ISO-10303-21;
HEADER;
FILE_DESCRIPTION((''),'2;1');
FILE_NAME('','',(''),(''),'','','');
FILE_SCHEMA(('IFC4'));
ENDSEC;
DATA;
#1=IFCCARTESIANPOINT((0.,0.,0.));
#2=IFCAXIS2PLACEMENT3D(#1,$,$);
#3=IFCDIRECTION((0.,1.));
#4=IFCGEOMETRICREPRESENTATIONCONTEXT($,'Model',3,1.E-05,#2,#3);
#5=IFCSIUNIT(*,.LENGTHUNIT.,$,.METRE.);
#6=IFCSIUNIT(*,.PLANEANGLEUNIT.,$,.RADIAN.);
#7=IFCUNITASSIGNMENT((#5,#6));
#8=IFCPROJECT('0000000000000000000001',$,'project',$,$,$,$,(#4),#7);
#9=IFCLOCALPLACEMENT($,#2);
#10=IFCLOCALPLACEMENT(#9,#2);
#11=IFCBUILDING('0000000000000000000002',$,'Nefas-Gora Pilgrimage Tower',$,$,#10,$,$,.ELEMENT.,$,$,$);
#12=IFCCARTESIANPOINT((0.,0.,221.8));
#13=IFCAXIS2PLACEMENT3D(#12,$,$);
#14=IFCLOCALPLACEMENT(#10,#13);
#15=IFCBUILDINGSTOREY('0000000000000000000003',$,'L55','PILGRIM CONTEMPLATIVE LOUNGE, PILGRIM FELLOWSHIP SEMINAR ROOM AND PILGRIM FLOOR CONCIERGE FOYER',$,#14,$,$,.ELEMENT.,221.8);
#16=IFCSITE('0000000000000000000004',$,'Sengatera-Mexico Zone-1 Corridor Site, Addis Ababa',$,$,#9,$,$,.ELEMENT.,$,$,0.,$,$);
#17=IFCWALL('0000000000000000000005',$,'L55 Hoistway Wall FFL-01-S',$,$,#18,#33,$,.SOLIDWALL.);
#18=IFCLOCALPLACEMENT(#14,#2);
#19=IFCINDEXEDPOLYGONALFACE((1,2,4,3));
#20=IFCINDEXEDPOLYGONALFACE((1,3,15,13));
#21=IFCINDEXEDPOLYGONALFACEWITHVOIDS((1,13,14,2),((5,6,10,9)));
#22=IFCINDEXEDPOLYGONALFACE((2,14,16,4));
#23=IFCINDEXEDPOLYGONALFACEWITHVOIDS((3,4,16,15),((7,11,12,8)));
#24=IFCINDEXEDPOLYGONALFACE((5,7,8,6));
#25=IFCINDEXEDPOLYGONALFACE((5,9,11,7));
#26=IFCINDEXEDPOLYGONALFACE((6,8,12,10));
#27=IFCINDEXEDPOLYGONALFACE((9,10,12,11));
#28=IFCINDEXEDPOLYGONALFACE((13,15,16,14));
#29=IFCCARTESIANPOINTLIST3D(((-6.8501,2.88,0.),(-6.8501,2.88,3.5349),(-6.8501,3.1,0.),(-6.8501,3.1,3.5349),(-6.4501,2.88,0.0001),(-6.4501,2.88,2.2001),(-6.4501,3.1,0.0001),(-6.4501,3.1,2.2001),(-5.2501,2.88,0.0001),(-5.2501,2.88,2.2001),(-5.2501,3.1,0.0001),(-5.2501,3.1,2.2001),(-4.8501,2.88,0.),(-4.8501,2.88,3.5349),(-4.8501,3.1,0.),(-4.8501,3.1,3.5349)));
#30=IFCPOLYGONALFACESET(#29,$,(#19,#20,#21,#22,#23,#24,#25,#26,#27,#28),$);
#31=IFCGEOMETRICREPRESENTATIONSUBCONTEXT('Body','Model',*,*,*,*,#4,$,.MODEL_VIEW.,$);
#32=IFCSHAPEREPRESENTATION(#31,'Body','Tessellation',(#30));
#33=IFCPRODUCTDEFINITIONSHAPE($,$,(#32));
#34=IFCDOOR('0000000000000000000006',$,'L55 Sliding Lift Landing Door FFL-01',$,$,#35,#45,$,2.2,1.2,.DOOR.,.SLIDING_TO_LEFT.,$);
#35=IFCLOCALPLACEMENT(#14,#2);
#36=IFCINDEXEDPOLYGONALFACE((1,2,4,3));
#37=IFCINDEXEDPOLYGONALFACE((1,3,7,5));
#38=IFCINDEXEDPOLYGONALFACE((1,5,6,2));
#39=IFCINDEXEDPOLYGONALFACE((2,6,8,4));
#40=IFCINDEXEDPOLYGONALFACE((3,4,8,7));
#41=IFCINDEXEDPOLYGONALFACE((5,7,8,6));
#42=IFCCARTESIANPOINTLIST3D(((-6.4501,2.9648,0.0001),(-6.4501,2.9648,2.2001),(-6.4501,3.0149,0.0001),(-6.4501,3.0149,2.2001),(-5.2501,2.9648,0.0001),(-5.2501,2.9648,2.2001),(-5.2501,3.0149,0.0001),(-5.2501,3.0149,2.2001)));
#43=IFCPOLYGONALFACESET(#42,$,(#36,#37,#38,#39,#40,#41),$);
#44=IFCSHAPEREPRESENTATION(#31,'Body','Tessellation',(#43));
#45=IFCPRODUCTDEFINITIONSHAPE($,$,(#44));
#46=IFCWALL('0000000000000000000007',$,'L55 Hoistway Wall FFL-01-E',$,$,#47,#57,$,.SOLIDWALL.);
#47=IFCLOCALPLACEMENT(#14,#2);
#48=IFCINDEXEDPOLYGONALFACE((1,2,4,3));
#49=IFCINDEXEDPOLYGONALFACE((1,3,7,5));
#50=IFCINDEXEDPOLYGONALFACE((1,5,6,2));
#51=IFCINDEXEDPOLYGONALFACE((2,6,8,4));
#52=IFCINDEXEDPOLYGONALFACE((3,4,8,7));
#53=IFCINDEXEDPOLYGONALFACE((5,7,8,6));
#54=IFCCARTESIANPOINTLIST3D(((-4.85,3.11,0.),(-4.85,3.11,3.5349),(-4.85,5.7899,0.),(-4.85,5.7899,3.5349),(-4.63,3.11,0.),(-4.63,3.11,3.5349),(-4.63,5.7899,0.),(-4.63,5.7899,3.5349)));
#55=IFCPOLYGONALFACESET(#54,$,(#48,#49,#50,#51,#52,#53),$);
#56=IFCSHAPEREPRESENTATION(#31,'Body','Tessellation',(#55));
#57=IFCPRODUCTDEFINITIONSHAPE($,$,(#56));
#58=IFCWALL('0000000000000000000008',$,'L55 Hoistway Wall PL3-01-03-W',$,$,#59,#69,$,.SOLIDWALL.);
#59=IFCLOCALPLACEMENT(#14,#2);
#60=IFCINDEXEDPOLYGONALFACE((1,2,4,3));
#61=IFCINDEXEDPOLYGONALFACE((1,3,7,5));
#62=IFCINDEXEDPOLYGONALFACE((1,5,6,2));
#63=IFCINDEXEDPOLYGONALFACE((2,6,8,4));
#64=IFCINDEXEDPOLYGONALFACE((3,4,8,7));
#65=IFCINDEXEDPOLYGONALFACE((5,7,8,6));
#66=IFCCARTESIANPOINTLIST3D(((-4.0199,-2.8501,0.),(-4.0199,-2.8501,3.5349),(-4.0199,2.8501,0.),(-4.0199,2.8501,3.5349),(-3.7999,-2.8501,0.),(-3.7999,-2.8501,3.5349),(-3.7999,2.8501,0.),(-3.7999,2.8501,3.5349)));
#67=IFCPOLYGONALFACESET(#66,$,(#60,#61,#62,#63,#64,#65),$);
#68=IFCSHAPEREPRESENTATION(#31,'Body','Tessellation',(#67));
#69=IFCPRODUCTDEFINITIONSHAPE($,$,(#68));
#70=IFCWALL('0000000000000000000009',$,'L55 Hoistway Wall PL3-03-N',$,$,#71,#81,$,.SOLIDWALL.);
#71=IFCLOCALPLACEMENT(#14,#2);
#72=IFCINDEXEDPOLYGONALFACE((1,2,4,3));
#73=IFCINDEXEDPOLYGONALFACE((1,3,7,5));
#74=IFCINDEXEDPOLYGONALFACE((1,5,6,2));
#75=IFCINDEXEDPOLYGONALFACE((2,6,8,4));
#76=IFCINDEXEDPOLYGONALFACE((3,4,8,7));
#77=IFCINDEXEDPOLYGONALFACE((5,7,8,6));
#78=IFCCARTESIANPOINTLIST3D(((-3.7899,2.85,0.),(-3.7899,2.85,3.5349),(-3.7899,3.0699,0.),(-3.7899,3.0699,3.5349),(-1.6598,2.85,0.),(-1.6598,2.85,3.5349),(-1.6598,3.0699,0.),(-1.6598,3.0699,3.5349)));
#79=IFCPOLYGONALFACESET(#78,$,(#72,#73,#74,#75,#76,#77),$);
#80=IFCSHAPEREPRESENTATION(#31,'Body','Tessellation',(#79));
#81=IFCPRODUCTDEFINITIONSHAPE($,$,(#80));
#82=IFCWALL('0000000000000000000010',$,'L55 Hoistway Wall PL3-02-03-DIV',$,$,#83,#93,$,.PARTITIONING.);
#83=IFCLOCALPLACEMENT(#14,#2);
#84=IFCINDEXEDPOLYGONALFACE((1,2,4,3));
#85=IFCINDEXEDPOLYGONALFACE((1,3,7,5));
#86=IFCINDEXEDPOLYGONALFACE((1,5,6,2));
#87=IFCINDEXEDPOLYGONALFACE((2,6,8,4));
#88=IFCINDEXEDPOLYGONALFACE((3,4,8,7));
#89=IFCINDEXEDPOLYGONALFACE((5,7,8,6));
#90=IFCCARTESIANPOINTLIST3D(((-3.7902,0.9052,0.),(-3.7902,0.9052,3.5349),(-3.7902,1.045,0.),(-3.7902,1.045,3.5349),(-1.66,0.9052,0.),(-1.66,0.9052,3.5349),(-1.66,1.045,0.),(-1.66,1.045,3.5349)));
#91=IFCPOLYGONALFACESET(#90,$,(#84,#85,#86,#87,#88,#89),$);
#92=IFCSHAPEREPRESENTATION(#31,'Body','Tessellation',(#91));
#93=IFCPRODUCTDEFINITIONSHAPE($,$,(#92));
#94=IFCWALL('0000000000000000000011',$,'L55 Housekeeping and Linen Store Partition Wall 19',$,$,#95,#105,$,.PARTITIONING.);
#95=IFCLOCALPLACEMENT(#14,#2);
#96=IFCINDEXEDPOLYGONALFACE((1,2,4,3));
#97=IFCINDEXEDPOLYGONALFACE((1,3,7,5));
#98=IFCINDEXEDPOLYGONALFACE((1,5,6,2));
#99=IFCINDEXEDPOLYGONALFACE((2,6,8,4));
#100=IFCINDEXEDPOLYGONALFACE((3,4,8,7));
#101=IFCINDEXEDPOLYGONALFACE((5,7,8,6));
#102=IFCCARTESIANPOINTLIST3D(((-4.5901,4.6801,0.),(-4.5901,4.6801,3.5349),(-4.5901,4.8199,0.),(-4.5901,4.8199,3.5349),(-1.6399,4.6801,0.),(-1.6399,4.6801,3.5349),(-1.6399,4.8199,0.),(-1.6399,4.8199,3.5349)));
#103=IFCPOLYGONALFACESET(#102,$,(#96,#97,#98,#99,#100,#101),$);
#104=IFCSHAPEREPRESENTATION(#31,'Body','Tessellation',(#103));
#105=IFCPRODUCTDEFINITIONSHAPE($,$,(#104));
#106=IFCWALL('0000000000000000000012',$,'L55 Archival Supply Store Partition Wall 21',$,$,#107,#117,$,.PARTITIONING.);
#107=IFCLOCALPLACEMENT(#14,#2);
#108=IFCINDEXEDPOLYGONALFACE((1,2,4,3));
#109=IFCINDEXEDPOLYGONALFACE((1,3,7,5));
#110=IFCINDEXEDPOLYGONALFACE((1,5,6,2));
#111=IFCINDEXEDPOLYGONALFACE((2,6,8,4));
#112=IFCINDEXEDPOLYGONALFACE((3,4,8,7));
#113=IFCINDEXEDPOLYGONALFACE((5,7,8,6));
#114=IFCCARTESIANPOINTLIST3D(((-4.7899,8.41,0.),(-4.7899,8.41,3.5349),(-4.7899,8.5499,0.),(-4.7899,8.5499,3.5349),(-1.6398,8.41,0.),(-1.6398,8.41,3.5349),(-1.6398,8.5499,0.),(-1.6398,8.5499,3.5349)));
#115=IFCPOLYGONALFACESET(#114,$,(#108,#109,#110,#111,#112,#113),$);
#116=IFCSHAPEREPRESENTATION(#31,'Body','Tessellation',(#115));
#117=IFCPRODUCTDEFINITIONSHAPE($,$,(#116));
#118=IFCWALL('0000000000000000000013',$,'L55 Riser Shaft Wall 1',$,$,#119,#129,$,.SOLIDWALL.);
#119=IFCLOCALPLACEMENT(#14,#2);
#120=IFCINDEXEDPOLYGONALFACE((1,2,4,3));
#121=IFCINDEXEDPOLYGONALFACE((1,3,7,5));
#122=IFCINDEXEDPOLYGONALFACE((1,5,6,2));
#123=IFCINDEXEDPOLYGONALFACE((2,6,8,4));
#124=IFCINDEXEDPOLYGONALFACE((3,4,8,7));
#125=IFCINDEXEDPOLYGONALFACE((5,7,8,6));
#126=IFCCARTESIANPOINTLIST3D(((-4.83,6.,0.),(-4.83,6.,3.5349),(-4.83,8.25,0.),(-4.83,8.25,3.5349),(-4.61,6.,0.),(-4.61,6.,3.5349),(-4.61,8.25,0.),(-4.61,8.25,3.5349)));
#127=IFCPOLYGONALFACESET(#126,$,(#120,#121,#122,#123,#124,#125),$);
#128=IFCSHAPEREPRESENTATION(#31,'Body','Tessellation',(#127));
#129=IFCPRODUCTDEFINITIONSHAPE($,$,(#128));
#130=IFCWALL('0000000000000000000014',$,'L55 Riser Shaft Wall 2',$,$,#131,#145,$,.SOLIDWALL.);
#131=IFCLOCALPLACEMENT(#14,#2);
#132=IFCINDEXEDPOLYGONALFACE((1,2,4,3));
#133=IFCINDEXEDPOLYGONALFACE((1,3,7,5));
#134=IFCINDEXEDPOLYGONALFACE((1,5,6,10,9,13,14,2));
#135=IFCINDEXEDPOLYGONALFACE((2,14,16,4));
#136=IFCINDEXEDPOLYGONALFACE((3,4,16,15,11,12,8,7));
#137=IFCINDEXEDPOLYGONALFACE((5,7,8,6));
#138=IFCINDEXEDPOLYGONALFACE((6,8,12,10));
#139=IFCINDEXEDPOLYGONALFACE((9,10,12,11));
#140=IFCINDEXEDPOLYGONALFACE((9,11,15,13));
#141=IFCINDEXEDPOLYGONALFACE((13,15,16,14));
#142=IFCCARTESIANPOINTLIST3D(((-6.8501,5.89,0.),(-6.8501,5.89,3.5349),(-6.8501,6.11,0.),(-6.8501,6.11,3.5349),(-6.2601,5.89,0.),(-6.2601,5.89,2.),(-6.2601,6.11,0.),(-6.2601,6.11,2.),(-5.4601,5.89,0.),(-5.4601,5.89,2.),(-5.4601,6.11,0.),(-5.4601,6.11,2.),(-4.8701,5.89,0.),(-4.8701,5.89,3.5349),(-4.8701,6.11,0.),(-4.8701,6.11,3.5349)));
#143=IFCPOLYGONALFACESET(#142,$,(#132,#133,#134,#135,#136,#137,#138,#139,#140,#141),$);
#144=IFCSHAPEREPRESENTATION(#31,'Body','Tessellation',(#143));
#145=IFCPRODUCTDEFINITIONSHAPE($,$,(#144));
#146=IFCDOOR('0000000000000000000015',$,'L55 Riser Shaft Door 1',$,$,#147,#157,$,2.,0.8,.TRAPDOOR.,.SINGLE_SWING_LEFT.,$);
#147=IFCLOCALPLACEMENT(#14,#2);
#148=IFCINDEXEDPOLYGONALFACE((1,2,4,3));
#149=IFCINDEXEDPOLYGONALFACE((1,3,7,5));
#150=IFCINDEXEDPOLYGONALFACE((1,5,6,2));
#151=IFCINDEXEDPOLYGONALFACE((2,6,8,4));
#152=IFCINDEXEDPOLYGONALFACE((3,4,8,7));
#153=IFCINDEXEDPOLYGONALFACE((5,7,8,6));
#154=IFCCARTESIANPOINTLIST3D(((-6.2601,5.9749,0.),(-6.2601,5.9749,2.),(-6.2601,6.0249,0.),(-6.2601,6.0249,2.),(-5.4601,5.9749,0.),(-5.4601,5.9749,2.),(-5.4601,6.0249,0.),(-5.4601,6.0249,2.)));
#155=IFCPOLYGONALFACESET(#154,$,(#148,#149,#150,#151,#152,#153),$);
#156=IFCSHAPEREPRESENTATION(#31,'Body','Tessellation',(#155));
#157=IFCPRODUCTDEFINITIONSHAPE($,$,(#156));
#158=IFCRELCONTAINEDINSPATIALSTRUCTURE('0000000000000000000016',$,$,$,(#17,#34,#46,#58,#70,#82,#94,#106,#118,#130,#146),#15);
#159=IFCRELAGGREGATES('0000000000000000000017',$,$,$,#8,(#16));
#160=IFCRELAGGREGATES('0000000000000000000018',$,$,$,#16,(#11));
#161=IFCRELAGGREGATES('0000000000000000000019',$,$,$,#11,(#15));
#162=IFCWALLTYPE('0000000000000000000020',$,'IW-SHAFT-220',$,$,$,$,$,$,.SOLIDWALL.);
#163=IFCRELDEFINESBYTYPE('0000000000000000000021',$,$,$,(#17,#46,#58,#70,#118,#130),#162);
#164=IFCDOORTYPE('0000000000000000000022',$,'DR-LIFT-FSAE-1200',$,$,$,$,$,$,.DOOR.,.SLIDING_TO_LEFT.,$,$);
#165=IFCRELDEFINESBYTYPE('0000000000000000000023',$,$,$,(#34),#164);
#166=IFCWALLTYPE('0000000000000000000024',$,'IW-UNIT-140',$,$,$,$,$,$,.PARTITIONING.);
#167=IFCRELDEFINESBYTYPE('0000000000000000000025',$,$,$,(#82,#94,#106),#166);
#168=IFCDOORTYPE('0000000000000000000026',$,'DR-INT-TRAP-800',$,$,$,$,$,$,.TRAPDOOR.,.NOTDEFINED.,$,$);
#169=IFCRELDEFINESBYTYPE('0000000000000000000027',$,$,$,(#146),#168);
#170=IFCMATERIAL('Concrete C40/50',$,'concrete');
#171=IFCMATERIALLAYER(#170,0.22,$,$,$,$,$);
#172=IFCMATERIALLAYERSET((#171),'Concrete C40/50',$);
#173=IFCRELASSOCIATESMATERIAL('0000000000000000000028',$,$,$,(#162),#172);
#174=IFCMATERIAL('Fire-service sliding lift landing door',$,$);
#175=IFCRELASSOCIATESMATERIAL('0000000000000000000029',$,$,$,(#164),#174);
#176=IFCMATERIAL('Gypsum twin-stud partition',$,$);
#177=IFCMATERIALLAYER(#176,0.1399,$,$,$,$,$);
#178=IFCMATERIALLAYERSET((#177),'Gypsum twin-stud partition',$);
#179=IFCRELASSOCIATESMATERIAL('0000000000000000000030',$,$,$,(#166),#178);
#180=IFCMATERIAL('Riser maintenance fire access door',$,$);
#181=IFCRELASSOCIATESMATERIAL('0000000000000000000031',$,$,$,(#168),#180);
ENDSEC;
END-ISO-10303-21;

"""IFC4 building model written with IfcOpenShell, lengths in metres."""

from ifc_helpers import new_model, si_unit, direction, frame, frame_2d, origin, place, context, subcontext, project, spatial, rectangle, extrude, source, transform, mapped, material, layer, layer_set, type_object, element, fill, save


model = new_model("IFC4")

# Units and contexts
model_context = context("Model", 3, precision=1e-05, world=origin(), true_north=direction((0.0, 1.0)))
body_context = subcontext(model_context, "Body", "Model", "MODEL_VIEW")
ifc_project = project(units=[si_unit("LENGTHUNIT", "METRE"), si_unit("PLANEANGLEUNIT", "RADIAN")], contexts=[model_context])

# Site, building, storey
site_placement = place(None, origin())
site = spatial("IfcSite", under=ifc_project, at=site_placement, Name="Sengatera-Mexico Zone-1 Corridor Site, Addis Ababa", CompositionType="ELEMENT", RefElevation=0.0)
building_placement = place(site_placement, origin())
building = spatial("IfcBuilding", under=site, at=building_placement, Name="Nefas-Gora Pilgrimage Tower", CompositionType="ELEMENT")
storey_placement = place(building_placement, frame((0.0, 0.0, 221.8)))
storey = spatial("IfcBuildingStorey", under=building, at=storey_placement, Name="L55", Description="PILGRIM CONTEMPLATIVE LOUNGE, PILGRIM FELLOWSHIP SEMINAR ROOM AND PILGRIM FLOOR CONCIERGE FOYER", CompositionType="ELEMENT", Elevation=221.8)

# Wall, opening, door
ifc_material_1 = material(Name="Concrete C40/50", Category="concrete")
ifc_layer_1 = layer(ifc_material_1, 0.22)
ifc_layer_set_1 = layer_set([ifc_layer_1], Name="Concrete C40/50")
wall_type_1 = type_object("IfcWallType", Name="IW-SHAFT-220", PredefinedType="SOLIDWALL", material=ifc_layer_set_1)
shared_shape_1 = source(origin(), body_context, "Body", "SweptSolid", [
    extrude(rectangle(XDim=2.0, YDim=0.22, at=frame_2d((1.0, 0.0))), origin(), (0.0, 0.0, 1.0), 3.5349),
])
wall_1_placement = place(storey_placement, frame((-6.8501, 2.99, 0.0), z_axis=(0.0, 0.0, 1.0), x_axis=(1.0, 0.0, 0.0)))
wall_1 = element("IfcWall", 1, at=wall_1_placement, inside=storey, type_object=wall_type_1, Name="L55 Hoistway Wall FFL-01-S", PredefinedType="SOLIDWALL", context=body_context, shape_type="MappedRepresentation", body=[
    mapped(shared_shape_1, transform((0.0, 0.0, 0.0), x_axis=(1.0, 0.0, 0.0), y_axis=(0.0, 1.0, 0.0), z_axis=(0.0, 0.0, 1.0), scale=1.0)),
])
opening_1_placement = place(wall_1_placement, frame((0.3999, 0.0, 0.0)))
opening_1 = element("IfcOpeningElement", 2, at=opening_1_placement, cuts=wall_1, PredefinedType="OPENING", context=body_context, shape_type="SweptSolid", body=[
    extrude(rectangle(XDim=1.2, YDim=2.2, at=frame_2d((0.6001, 1.1001))), frame((0.0, 0.1199, 0.0), z_axis=(0.0, -1.0, 0.0), x_axis=(1.0, 0.0, 0.0)), (0.0, 0.0, 1.0), 0.24),
])
ifc_material_2 = material(Name="Fire-service sliding lift landing door")
door_type_1 = type_object("IfcDoorType", Name="DR-LIFT-FSAE-1200", OperationType="SLIDING_TO_LEFT", PredefinedType="DOOR", material=ifc_material_2)
shared_shape_2 = source(origin(), body_context, "Body", "SweptSolid", [
    extrude(rectangle(XDim=1.2, YDim=2.2, at=frame_2d((0.6001, 1.1001))), frame((0.0, 0.0249, 0.0), z_axis=(0.0, -1.0, 0.0), x_axis=(1.0, 0.0, 0.0)), (0.0, 0.0, 1.0), 0.05),
])
door_1_placement = place(opening_1_placement, origin())
door_1 = element("IfcDoor", 3, at=door_1_placement, inside=storey, type_object=door_type_1, Name="L55 Sliding Lift Landing Door FFL-01", OperationType="SLIDING_TO_LEFT", OverallHeight=2.2, OverallWidth=1.2, PredefinedType="DOOR", context=body_context, shape_type="MappedRepresentation", body=[
    mapped(shared_shape_2, transform((0.0, 0.0, 0.0), x_axis=(1.0, 0.0, 0.0), y_axis=(0.0, 1.0, 0.0), z_axis=(0.0, 0.0, 1.0), scale=1.0)),
])
fill(opening_1, door_1)

# Walls
shared_shape_3 = source(origin(), body_context, "Body", "SweptSolid", [
    extrude(rectangle(XDim=2.6799, YDim=0.22, at=frame_2d((1.3398, 0.0))), origin(), (0.0, 0.0, 1.0), 3.5349),
])
wall_2_placement = place(storey_placement, frame((-4.74, 3.1101, 0.0), z_axis=(0.0, 0.0, 1.0), x_axis=(0.0, 1.0, 0.0)))
element("IfcWall", 4, at=wall_2_placement, inside=storey, type_object=wall_type_1, Name="L55 Hoistway Wall FFL-01-E", PredefinedType="SOLIDWALL", context=body_context, shape_type="MappedRepresentation", body=[
    mapped(shared_shape_3, transform((0.0, 0.0, 0.0), x_axis=(1.0, 0.0, 0.0), y_axis=(0.0, 1.0, 0.0), z_axis=(0.0, 0.0, 1.0), scale=1.0)),
])
shared_shape_4 = source(origin(), body_context, "Body", "SweptSolid", [
    extrude(rectangle(XDim=5.7002, YDim=0.22, at=frame_2d((2.8501, 0.0))), origin(), (0.0, 0.0, 1.0), 3.5349),
])
wall_3_placement = place(storey_placement, frame((-3.9099, 2.8501, 0.0), z_axis=(0.0, 0.0, 1.0), x_axis=(0.0, -1.0, 0.0)))
element("IfcWall", 5, at=wall_3_placement, inside=storey, type_object=wall_type_1, Name="L55 Hoistway Wall PL3-01-03-W", PredefinedType="SOLIDWALL", context=body_context, shape_type="MappedRepresentation", body=[
    mapped(shared_shape_4, transform((0.0, 0.0, 0.0), x_axis=(1.0, 0.0, 0.0), y_axis=(0.0, 1.0, 0.0), z_axis=(0.0, 0.0, 1.0), scale=1.0)),
])
shared_shape_5 = source(origin(), body_context, "Body", "SweptSolid", [
    extrude(rectangle(XDim=2.1301, YDim=0.22, at=frame_2d((1.0649, 0.0))), origin(), (0.0, 0.0, 1.0), 3.5349),
])
wall_4_placement = place(storey_placement, frame((-1.6599, 2.96, 0.0), z_axis=(0.0, 0.0, 1.0), x_axis=(-1.0, 0.0, 0.0)))
element("IfcWall", 6, at=wall_4_placement, inside=storey, type_object=wall_type_1, Name="L55 Hoistway Wall PL3-03-N", PredefinedType="SOLIDWALL", context=body_context, shape_type="MappedRepresentation", body=[
    mapped(shared_shape_5, transform((0.0, 0.0, 0.0), x_axis=(1.0, 0.0, 0.0), y_axis=(0.0, 1.0, 0.0), z_axis=(0.0, 0.0, 1.0), scale=1.0)),
])
ifc_material_3 = material(Name="Gypsum twin-stud partition")
ifc_layer_2 = layer(ifc_material_3, 0.1399)
ifc_layer_set_2 = layer_set([ifc_layer_2], Name="Gypsum twin-stud partition")
wall_type_2 = type_object("IfcWallType", Name="IW-UNIT-140", PredefinedType="PARTITIONING", material=ifc_layer_set_2)
shared_shape_6 = source(origin(), body_context, "Body", "SweptSolid", [
    extrude(rectangle(XDim=2.1301, YDim=0.1399, at=frame_2d((1.0649, 0.0))), origin(), (0.0, 0.0, 1.0), 3.5349),
])
wall_5_placement = place(storey_placement, frame((-3.79, 0.9751, 0.0), z_axis=(0.0, 0.0, 1.0), x_axis=(1.0, 0.0, 0.0)))
element("IfcWall", 7, at=wall_5_placement, inside=storey, type_object=wall_type_2, Name="L55 Hoistway Wall PL3-02-03-DIV", PredefinedType="PARTITIONING", context=body_context, shape_type="MappedRepresentation", body=[
    mapped(shared_shape_6, transform((0.0, 0.0, 0.0), x_axis=(1.0, 0.0, 0.0), y_axis=(0.0, 1.0, 0.0), z_axis=(0.0, 0.0, 1.0), scale=1.0)),
])
shared_shape_7 = source(origin(), body_context, "Body", "SweptSolid", [
    extrude(rectangle(XDim=2.9502, YDim=0.1399, at=frame_2d((1.4751, 0.0))), origin(), (0.0, 0.0, 1.0), 3.5349),
])
wall_6_placement = place(storey_placement, frame((-4.5901, 4.75, 0.0), z_axis=(0.0, 0.0, 1.0), x_axis=(1.0, 0.0, 0.0)))
element("IfcWall", 8, at=wall_6_placement, inside=storey, type_object=wall_type_2, Name="L55 Housekeeping and Linen Store Partition Wall 19", PredefinedType="PARTITIONING", context=body_context, shape_type="MappedRepresentation", body=[
    mapped(shared_shape_7, transform((0.0, 0.0, 0.0), x_axis=(1.0, 0.0, 0.0), y_axis=(0.0, 1.0, 0.0), z_axis=(0.0, 0.0, 1.0), scale=1.0)),
])
shared_shape_8 = source(origin(), body_context, "Body", "SweptSolid", [
    extrude(rectangle(XDim=3.1501, YDim=0.1399, at=frame_2d((1.5752, 0.0))), origin(), (0.0, 0.0, 1.0), 3.5349),
])
wall_7_placement = place(storey_placement, frame((-4.79, 8.48, 0.0), z_axis=(0.0, 0.0, 1.0), x_axis=(1.0, 0.0, 0.0)))
element("IfcWall", 9, at=wall_7_placement, inside=storey, type_object=wall_type_2, Name="L55 Archival Supply Store Partition Wall 21", PredefinedType="PARTITIONING", context=body_context, shape_type="MappedRepresentation", body=[
    mapped(shared_shape_8, transform((0.0, 0.0, 0.0), x_axis=(1.0, 0.0, 0.0), y_axis=(0.0, 1.0, 0.0), z_axis=(0.0, 0.0, 1.0), scale=1.0)),
])
shared_shape_9 = source(origin(), body_context, "Body", "SweptSolid", [
    extrude(rectangle(XDim=2.25, YDim=0.22, at=frame_2d((1.125, 0.0))), origin(), (0.0, 0.0, 1.0), 3.5349),
])
wall_8_placement = place(storey_placement, frame((-4.72, 6.0, 0.0), z_axis=(0.0, 0.0, 1.0), x_axis=(0.0, 1.0, 0.0)))
element("IfcWall", 10, at=wall_8_placement, inside=storey, type_object=wall_type_1, Name="L55 Riser Shaft Wall 1", PredefinedType="SOLIDWALL", context=body_context, shape_type="MappedRepresentation", body=[
    mapped(shared_shape_9, transform((0.0, 0.0, 0.0), x_axis=(1.0, 0.0, 0.0), y_axis=(0.0, 1.0, 0.0), z_axis=(0.0, 0.0, 1.0), scale=1.0)),
])

# Wall, opening, door
shared_shape_10 = source(origin(), body_context, "Body", "SweptSolid", [
    extrude(rectangle(XDim=1.98, YDim=0.22, at=frame_2d((0.99, 0.0))), origin(), (0.0, 0.0, 1.0), 3.5349),
])
wall_9_placement = place(storey_placement, frame((-6.8501, 6.0, 0.0), z_axis=(0.0, 0.0, 1.0), x_axis=(1.0, 0.0, 0.0)))
wall_9 = element("IfcWall", 11, at=wall_9_placement, inside=storey, type_object=wall_type_1, Name="L55 Riser Shaft Wall 2", PredefinedType="SOLIDWALL", context=body_context, shape_type="MappedRepresentation", body=[
    mapped(shared_shape_10, transform((0.0, 0.0, 0.0), x_axis=(1.0, 0.0, 0.0), y_axis=(0.0, 1.0, 0.0), z_axis=(0.0, 0.0, 1.0), scale=1.0)),
])
opening_2_placement = place(wall_9_placement, frame((0.5901, 0.0, 0.0)))
opening_2 = element("IfcOpeningElement", 12, at=opening_2_placement, cuts=wall_9, PredefinedType="OPENING", context=body_context, shape_type="SweptSolid", body=[
    extrude(rectangle(XDim=0.8, YDim=2.0, at=frame_2d((0.3999, 1.0))), frame((0.0, 0.1199, 0.0), z_axis=(0.0, -1.0, 0.0), x_axis=(1.0, 0.0, 0.0)), (0.0, 0.0, 1.0), 0.24),
])
ifc_material_4 = material(Name="Riser maintenance fire access door")
door_type_2 = type_object("IfcDoorType", Name="DR-INT-TRAP-800", OperationType="NOTDEFINED", PredefinedType="TRAPDOOR", material=ifc_material_4)
shared_shape_11 = source(origin(), body_context, "Body", "SweptSolid", [
    extrude(rectangle(XDim=0.8, YDim=2.0, at=frame_2d((0.3999, 1.0))), frame((0.0, 0.0249, 0.0), z_axis=(0.0, -1.0, 0.0), x_axis=(1.0, 0.0, 0.0)), (0.0, 0.0, 1.0), 0.05),
])
door_2_placement = place(opening_2_placement, origin())
door_2 = element("IfcDoor", 13, at=door_2_placement, inside=storey, type_object=door_type_2, Name="L55 Riser Shaft Door 1", OperationType="SINGLE_SWING_LEFT", OverallHeight=2.0, OverallWidth=0.8, PredefinedType="TRAPDOOR", context=body_context, shape_type="MappedRepresentation", body=[
    mapped(shared_shape_11, transform((0.0, 0.0, 0.0), x_axis=(1.0, 0.0, 0.0), y_axis=(0.0, 1.0, 0.0), z_axis=(0.0, 0.0, 1.0), scale=1.0)),
])
fill(opening_2, door_2)

save(model, "model.ifc")
